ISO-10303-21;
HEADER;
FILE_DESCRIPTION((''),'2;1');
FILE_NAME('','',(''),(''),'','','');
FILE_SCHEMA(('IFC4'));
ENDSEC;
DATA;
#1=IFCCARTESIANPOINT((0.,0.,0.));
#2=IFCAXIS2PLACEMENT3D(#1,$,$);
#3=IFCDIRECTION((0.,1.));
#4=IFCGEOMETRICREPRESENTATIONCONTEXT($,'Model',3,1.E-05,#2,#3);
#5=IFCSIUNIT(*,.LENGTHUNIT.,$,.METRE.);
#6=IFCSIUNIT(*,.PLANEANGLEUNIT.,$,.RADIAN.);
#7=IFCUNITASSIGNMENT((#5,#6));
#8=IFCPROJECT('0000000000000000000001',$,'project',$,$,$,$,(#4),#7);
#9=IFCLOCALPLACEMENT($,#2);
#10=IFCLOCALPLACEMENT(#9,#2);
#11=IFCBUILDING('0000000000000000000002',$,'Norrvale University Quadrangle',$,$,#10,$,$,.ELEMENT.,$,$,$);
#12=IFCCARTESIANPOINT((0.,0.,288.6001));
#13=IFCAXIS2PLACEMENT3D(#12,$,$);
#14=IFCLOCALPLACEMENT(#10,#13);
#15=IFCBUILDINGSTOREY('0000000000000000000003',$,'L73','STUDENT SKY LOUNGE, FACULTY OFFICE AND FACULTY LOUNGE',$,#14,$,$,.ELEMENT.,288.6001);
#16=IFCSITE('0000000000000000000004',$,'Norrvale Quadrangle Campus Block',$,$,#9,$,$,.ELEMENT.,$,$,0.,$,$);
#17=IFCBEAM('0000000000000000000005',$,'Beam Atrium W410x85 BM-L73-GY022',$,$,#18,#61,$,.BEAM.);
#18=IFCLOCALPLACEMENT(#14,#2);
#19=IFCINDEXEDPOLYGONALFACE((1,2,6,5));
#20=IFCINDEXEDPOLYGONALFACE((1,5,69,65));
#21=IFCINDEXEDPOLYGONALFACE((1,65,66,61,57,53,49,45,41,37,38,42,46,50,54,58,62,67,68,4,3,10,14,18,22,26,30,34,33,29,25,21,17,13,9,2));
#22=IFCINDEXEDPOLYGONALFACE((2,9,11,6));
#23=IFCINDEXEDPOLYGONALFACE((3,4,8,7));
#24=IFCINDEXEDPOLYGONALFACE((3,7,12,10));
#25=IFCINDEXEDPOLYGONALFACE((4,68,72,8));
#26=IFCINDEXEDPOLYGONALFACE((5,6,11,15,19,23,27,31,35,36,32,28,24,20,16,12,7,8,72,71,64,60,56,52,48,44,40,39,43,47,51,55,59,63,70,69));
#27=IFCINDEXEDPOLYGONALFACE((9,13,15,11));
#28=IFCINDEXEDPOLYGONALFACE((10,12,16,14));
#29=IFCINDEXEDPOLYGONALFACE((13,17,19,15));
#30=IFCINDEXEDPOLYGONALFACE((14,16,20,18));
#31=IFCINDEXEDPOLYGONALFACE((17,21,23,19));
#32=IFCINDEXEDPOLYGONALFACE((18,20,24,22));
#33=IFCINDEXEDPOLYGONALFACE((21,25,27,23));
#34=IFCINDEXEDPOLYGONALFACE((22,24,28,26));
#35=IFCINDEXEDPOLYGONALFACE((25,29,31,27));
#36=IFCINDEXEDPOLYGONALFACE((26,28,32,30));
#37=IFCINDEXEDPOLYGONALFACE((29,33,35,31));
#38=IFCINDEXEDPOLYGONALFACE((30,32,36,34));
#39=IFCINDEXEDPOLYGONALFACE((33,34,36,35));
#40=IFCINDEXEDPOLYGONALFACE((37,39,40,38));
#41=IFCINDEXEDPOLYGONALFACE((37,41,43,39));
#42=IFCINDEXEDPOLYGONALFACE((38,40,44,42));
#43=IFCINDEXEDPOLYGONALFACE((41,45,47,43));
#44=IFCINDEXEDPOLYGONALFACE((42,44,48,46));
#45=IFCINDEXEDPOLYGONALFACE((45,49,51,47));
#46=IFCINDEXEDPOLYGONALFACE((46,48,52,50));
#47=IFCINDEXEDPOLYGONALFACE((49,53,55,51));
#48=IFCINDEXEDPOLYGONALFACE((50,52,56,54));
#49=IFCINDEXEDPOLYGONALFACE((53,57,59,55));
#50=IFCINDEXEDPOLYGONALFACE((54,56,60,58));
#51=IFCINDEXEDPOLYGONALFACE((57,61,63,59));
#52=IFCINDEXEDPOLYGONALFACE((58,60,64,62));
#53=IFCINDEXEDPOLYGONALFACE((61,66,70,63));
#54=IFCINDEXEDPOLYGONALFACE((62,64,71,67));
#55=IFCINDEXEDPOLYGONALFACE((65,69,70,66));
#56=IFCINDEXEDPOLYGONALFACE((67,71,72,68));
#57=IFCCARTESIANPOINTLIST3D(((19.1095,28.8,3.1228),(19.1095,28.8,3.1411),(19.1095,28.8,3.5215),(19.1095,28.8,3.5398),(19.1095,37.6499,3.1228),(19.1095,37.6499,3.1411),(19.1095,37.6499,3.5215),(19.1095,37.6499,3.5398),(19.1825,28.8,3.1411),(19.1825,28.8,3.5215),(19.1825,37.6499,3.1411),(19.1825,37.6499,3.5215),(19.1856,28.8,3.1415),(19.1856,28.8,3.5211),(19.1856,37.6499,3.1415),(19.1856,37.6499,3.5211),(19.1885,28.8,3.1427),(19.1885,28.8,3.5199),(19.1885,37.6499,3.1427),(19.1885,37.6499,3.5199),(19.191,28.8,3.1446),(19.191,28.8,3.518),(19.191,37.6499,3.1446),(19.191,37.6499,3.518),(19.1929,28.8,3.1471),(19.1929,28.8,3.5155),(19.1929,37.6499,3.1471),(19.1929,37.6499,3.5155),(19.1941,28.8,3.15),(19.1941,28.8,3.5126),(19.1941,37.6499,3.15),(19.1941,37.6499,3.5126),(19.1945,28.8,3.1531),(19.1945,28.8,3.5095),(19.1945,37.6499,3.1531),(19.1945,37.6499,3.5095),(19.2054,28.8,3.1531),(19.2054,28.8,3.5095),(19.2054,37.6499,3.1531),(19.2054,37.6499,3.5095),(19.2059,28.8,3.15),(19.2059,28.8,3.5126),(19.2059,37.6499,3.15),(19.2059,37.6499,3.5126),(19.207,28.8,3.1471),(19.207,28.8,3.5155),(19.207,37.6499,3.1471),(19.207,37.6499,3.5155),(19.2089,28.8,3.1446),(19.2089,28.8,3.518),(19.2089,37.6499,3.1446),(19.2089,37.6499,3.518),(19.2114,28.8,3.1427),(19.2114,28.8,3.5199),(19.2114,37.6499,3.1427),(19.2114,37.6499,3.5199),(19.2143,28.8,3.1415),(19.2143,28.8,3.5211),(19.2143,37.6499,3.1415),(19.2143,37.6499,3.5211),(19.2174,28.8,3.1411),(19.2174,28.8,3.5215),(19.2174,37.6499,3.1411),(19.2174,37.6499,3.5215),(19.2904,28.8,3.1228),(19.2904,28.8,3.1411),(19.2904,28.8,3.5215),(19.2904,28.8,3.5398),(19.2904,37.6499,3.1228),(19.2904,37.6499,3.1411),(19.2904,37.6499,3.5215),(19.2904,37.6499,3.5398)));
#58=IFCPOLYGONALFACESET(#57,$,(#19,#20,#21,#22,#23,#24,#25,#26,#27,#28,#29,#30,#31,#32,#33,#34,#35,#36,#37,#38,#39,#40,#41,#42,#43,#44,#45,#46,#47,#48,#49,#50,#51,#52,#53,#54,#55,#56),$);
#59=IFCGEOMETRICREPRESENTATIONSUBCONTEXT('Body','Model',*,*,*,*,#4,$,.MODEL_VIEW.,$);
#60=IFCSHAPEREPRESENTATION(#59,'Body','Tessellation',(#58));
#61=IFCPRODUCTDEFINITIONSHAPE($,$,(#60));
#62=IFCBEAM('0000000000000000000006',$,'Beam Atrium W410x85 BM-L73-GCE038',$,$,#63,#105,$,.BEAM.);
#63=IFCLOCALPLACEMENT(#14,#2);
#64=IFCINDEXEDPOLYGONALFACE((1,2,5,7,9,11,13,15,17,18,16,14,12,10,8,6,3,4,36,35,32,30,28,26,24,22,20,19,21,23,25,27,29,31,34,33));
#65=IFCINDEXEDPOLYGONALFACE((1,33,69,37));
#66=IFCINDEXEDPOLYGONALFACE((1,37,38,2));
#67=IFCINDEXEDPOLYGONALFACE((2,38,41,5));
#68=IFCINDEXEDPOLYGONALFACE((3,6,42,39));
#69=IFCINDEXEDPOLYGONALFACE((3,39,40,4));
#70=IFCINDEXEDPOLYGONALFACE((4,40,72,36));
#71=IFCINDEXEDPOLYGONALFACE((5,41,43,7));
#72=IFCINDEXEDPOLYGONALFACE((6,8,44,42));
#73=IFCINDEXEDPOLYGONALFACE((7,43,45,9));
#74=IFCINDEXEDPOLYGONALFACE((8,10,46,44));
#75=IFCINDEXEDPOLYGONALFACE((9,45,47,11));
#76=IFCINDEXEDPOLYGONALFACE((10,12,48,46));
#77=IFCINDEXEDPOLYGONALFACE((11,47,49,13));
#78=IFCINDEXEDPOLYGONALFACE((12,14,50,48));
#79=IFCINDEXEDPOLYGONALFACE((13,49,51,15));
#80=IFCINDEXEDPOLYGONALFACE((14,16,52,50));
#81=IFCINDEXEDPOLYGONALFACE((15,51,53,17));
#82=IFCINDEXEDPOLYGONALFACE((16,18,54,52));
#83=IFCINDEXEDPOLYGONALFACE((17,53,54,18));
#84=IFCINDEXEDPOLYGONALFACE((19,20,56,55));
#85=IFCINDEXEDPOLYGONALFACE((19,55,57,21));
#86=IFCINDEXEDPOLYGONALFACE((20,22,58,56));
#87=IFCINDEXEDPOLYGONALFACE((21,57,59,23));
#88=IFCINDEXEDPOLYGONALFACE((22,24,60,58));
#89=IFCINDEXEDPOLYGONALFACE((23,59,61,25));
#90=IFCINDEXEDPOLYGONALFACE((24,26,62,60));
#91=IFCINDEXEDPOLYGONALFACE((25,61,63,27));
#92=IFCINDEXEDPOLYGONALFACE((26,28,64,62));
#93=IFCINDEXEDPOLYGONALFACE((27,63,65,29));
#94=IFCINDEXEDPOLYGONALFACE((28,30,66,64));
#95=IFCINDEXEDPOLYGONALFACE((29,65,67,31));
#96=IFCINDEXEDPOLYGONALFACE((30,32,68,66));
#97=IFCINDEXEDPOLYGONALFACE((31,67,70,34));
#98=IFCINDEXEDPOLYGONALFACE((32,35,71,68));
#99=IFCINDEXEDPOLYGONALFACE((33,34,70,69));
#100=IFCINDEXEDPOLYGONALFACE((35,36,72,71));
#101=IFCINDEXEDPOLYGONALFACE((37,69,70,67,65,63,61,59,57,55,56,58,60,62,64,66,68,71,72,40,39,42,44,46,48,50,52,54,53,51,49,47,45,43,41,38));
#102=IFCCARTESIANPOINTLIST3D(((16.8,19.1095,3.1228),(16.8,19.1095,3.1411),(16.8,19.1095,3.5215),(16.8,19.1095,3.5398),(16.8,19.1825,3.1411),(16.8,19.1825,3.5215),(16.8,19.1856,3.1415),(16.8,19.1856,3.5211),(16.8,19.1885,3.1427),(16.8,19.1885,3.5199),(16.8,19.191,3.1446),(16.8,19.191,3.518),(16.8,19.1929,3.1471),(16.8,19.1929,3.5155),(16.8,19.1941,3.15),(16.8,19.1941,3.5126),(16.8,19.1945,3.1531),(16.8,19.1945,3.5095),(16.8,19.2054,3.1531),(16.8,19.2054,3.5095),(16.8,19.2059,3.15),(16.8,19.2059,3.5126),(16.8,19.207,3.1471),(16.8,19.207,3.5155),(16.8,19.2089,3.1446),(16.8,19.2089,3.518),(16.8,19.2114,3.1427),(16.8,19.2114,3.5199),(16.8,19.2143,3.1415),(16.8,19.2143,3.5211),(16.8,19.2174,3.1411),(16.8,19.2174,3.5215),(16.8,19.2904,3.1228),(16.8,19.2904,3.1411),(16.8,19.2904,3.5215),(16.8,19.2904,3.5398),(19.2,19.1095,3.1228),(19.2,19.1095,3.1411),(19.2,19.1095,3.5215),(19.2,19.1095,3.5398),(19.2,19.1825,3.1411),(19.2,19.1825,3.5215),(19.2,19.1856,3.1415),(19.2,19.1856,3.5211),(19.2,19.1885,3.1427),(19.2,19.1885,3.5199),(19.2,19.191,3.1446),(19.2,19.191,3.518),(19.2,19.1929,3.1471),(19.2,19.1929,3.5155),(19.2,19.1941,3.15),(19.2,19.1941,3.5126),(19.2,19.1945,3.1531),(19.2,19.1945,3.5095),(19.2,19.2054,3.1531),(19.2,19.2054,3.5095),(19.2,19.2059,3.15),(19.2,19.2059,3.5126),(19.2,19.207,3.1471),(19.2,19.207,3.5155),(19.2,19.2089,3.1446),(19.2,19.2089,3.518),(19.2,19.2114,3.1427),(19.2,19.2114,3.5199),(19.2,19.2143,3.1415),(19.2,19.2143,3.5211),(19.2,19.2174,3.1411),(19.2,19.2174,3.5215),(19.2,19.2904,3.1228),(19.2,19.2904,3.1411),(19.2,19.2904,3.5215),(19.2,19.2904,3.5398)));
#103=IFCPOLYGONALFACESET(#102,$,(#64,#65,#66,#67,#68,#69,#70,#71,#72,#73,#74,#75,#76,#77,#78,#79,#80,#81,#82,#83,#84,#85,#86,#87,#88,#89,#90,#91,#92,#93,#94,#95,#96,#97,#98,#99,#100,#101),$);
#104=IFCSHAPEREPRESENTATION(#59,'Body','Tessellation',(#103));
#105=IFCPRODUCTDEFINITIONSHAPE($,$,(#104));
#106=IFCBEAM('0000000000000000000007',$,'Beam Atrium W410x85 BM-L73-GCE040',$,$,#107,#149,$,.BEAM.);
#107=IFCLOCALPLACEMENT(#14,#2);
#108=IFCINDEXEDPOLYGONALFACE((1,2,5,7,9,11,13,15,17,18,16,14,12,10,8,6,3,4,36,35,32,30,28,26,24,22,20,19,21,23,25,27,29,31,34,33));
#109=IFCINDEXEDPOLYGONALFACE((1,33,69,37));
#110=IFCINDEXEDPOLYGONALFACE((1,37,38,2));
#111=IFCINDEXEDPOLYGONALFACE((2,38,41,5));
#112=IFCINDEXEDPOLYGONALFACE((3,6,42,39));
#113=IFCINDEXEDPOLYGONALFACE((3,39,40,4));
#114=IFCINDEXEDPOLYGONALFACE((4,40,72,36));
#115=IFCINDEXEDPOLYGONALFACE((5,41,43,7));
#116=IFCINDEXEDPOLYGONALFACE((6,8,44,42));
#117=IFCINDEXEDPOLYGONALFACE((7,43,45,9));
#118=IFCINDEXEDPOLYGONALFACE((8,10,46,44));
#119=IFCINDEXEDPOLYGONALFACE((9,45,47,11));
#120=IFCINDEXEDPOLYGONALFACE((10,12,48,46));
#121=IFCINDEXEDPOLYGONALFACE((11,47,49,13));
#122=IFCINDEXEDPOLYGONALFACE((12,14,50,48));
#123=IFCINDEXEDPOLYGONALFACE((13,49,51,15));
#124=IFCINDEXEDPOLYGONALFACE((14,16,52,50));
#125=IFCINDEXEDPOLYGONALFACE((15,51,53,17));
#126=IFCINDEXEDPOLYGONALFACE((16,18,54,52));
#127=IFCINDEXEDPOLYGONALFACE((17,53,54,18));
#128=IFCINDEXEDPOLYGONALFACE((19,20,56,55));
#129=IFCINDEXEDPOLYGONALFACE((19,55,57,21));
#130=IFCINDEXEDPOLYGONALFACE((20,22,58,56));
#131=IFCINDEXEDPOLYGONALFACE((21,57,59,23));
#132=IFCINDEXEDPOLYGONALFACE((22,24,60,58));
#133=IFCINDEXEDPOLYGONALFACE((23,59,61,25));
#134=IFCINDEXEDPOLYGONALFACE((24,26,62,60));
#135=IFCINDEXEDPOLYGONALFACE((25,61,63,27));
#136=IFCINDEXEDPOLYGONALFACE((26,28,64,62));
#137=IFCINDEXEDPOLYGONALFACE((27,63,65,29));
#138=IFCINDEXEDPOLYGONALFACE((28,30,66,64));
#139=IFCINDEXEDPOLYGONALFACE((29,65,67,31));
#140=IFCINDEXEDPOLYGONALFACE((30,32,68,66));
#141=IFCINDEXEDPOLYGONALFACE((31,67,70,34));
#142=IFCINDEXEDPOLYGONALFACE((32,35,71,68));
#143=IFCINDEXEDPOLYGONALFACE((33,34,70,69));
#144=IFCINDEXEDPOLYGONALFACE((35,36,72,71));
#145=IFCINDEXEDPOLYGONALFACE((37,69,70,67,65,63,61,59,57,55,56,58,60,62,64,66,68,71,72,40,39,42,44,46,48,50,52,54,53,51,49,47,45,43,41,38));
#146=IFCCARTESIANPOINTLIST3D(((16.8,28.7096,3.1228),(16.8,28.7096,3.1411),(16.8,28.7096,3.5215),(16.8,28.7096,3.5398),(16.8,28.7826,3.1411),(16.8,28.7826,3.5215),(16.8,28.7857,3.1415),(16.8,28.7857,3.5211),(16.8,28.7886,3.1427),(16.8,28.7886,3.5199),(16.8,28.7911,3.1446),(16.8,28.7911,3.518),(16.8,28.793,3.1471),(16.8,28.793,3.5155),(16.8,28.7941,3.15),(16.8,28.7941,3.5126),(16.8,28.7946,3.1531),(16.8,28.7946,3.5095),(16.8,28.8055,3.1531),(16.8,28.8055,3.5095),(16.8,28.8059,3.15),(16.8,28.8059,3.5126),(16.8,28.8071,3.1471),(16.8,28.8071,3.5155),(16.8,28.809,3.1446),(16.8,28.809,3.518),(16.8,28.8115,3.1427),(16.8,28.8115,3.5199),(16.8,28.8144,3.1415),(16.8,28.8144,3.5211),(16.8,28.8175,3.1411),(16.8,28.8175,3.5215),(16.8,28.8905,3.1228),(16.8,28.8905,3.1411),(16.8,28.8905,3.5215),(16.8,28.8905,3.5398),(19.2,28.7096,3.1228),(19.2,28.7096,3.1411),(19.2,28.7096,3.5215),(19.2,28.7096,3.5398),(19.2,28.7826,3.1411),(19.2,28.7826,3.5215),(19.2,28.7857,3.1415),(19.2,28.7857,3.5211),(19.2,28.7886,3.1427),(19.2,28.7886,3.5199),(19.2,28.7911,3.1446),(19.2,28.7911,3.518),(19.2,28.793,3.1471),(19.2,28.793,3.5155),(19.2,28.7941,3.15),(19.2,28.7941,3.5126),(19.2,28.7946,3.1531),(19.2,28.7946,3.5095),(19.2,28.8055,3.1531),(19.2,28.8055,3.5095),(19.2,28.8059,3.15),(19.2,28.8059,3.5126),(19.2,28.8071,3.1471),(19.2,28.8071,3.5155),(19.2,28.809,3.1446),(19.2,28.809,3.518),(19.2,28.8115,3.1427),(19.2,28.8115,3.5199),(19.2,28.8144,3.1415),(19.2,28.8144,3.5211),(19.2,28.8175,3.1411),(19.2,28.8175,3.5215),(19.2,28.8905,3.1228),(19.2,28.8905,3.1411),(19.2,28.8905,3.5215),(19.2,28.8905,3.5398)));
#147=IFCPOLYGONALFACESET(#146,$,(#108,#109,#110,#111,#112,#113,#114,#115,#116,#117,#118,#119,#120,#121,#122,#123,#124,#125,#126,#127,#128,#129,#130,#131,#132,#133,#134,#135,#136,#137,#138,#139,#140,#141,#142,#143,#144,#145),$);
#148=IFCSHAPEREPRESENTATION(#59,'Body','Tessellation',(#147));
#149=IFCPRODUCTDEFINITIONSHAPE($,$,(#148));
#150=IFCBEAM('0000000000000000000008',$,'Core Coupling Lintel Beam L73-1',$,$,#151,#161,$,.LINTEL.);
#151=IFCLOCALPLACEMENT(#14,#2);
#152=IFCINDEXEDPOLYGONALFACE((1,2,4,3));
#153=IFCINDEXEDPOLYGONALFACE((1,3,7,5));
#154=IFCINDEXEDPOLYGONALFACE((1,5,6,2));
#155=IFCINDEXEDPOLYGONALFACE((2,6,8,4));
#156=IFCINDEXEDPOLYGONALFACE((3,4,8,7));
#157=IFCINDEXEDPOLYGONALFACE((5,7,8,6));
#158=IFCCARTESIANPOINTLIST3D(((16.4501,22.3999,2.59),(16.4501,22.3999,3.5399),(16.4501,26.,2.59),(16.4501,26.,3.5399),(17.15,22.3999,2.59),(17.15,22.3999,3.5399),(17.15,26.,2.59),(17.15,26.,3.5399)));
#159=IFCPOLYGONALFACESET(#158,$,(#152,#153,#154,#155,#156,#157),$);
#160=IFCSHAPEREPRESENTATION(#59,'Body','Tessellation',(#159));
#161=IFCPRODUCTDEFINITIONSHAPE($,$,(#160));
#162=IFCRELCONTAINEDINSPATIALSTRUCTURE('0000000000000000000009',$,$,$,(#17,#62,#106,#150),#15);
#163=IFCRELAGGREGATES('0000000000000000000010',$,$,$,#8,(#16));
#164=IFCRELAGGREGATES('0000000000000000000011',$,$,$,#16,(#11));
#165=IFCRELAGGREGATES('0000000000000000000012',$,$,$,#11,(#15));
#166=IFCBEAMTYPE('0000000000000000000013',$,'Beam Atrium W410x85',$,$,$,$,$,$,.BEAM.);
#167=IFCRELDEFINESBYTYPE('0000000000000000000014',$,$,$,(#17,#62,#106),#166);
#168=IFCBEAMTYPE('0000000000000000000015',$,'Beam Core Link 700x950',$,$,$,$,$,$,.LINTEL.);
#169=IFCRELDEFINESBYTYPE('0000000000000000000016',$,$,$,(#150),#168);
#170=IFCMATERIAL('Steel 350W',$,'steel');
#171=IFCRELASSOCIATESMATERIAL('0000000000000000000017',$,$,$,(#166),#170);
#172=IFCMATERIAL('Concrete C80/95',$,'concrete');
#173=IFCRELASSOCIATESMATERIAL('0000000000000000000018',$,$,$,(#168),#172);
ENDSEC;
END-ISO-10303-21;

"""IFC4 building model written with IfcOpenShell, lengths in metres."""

from ifc_helpers import new_model, si_unit, direction, frame, origin, origin_2d, place, context, subcontext, project, spatial, rectangle, i_section, extrude, material, material_profile, profile_set, type_object, element, save


model = new_model("IFC4")

# Units and contexts
model_context = context("Model", 3, precision=1e-05, world=origin(), true_north=direction((0.0, 1.0)))
body_context = subcontext(model_context, "Body", "Model", "MODEL_VIEW")
ifc_project = project(units=[si_unit("LENGTHUNIT", "METRE"), si_unit("PLANEANGLEUNIT", "RADIAN")], contexts=[model_context])

# Site, building, storey
site_placement = place(None, origin())
site = spatial("IfcSite", under=ifc_project, at=site_placement, Name="Norrvale Quadrangle Campus Block", CompositionType="ELEMENT", RefElevation=0.0)
building_placement = place(site_placement, origin())
building = spatial("IfcBuilding", under=site, at=building_placement, Name="Norrvale University Quadrangle", CompositionType="ELEMENT")
storey_placement = place(building_placement, frame((0.0, 0.0, 288.6001)))
storey = spatial("IfcBuildingStorey", under=building, at=storey_placement, Name="L73", Description="STUDENT SKY LOUNGE, FACULTY OFFICE AND FACULTY LOUNGE", CompositionType="ELEMENT", Elevation=288.6001)

# Beams
ifc_material_1 = material(Name="Steel 350W", Category="steel")
ifc_material_profile_1 = material_profile(ifc_material_1, i_section(OverallWidth=0.1809, OverallDepth=0.417, WebThickness=0.011, FlangeThickness=0.0183, FilletRadius=0.012, at=origin_2d()), Name="Steel 350W")
ifc_profile_set_1 = profile_set([ifc_material_profile_1], Name="Steel 350W")
beam_type_1 = type_object("IfcBeamType", Name="Beam Atrium W410x85", PredefinedType="BEAM", material=ifc_profile_set_1)
beam_1_placement = place(storey_placement, frame((19.2, 28.8, 3.3313), z_axis=(0.0, 1.0, 0.0), x_axis=(-1.0, 0.0, 0.0)))
element("IfcBeam", 1, at=beam_1_placement, inside=storey, type_object=beam_type_1, Name="Beam Atrium W410x85 BM-L73-GY022", PredefinedType="BEAM", context=body_context, shape_type="SweptSolid", body=[
    extrude(i_section(OverallWidth=0.1809, OverallDepth=0.417, WebThickness=0.011, FlangeThickness=0.0183, FilletRadius=0.012, at=origin_2d()), origin(), (0.0, 0.0, 1.0), 8.8499),
])
for number, where, z_axis, x_axis, name in (
    (2, (16.8, 19.2, 3.3313), (1.0, 0.0, 0.0), (0.0, 1.0, 0.0), "Beam Atrium W410x85 BM-L73-GCE038"),
    (3, (16.8, 28.8, 3.3313), (1.0, 0.0, 0.0), (0.0, 1.0, 0.0), "Beam Atrium W410x85 BM-L73-GCE040"),
):
    element("IfcBeam", number, at=place(storey_placement, frame(where, z_axis=z_axis, x_axis=x_axis)), inside=storey, type_object=beam_type_1, Name=name, PredefinedType="BEAM", context=body_context, shape_type="SweptSolid", body=[
        extrude(i_section(OverallWidth=0.1809, OverallDepth=0.417, WebThickness=0.011, FlangeThickness=0.0183, FilletRadius=0.012, at=origin_2d()), origin(), (0.0, 0.0, 1.0), 2.3999),
    ])
ifc_material_2 = material(Name="Concrete C80/95", Category="concrete")
ifc_material_profile_2 = material_profile(ifc_material_2, rectangle(XDim=0.7, YDim=0.95, at=origin_2d()), Name="Concrete C80/95")
ifc_profile_set_2 = profile_set([ifc_material_profile_2], Name="Concrete C80/95")
beam_type_2 = type_object("IfcBeamType", Name="Beam Core Link 700x950", PredefinedType="LINTEL", material=ifc_profile_set_2)
beam_2_placement = place(storey_placement, frame((16.8, 22.3999, 3.0649), z_axis=(0.0, 1.0, 0.0), x_axis=(-1.0, 0.0, 0.0)))
element("IfcBeam", 4, at=beam_2_placement, inside=storey, type_object=beam_type_2, Name="Core Coupling Lintel Beam L73-1", PredefinedType="LINTEL", context=body_context, shape_type="SweptSolid", body=[
    extrude(rectangle(XDim=0.7, YDim=0.95, at=origin_2d()), origin(), (0.0, 0.0, 1.0), 3.6001),
])

save(model, "model.ifc")
